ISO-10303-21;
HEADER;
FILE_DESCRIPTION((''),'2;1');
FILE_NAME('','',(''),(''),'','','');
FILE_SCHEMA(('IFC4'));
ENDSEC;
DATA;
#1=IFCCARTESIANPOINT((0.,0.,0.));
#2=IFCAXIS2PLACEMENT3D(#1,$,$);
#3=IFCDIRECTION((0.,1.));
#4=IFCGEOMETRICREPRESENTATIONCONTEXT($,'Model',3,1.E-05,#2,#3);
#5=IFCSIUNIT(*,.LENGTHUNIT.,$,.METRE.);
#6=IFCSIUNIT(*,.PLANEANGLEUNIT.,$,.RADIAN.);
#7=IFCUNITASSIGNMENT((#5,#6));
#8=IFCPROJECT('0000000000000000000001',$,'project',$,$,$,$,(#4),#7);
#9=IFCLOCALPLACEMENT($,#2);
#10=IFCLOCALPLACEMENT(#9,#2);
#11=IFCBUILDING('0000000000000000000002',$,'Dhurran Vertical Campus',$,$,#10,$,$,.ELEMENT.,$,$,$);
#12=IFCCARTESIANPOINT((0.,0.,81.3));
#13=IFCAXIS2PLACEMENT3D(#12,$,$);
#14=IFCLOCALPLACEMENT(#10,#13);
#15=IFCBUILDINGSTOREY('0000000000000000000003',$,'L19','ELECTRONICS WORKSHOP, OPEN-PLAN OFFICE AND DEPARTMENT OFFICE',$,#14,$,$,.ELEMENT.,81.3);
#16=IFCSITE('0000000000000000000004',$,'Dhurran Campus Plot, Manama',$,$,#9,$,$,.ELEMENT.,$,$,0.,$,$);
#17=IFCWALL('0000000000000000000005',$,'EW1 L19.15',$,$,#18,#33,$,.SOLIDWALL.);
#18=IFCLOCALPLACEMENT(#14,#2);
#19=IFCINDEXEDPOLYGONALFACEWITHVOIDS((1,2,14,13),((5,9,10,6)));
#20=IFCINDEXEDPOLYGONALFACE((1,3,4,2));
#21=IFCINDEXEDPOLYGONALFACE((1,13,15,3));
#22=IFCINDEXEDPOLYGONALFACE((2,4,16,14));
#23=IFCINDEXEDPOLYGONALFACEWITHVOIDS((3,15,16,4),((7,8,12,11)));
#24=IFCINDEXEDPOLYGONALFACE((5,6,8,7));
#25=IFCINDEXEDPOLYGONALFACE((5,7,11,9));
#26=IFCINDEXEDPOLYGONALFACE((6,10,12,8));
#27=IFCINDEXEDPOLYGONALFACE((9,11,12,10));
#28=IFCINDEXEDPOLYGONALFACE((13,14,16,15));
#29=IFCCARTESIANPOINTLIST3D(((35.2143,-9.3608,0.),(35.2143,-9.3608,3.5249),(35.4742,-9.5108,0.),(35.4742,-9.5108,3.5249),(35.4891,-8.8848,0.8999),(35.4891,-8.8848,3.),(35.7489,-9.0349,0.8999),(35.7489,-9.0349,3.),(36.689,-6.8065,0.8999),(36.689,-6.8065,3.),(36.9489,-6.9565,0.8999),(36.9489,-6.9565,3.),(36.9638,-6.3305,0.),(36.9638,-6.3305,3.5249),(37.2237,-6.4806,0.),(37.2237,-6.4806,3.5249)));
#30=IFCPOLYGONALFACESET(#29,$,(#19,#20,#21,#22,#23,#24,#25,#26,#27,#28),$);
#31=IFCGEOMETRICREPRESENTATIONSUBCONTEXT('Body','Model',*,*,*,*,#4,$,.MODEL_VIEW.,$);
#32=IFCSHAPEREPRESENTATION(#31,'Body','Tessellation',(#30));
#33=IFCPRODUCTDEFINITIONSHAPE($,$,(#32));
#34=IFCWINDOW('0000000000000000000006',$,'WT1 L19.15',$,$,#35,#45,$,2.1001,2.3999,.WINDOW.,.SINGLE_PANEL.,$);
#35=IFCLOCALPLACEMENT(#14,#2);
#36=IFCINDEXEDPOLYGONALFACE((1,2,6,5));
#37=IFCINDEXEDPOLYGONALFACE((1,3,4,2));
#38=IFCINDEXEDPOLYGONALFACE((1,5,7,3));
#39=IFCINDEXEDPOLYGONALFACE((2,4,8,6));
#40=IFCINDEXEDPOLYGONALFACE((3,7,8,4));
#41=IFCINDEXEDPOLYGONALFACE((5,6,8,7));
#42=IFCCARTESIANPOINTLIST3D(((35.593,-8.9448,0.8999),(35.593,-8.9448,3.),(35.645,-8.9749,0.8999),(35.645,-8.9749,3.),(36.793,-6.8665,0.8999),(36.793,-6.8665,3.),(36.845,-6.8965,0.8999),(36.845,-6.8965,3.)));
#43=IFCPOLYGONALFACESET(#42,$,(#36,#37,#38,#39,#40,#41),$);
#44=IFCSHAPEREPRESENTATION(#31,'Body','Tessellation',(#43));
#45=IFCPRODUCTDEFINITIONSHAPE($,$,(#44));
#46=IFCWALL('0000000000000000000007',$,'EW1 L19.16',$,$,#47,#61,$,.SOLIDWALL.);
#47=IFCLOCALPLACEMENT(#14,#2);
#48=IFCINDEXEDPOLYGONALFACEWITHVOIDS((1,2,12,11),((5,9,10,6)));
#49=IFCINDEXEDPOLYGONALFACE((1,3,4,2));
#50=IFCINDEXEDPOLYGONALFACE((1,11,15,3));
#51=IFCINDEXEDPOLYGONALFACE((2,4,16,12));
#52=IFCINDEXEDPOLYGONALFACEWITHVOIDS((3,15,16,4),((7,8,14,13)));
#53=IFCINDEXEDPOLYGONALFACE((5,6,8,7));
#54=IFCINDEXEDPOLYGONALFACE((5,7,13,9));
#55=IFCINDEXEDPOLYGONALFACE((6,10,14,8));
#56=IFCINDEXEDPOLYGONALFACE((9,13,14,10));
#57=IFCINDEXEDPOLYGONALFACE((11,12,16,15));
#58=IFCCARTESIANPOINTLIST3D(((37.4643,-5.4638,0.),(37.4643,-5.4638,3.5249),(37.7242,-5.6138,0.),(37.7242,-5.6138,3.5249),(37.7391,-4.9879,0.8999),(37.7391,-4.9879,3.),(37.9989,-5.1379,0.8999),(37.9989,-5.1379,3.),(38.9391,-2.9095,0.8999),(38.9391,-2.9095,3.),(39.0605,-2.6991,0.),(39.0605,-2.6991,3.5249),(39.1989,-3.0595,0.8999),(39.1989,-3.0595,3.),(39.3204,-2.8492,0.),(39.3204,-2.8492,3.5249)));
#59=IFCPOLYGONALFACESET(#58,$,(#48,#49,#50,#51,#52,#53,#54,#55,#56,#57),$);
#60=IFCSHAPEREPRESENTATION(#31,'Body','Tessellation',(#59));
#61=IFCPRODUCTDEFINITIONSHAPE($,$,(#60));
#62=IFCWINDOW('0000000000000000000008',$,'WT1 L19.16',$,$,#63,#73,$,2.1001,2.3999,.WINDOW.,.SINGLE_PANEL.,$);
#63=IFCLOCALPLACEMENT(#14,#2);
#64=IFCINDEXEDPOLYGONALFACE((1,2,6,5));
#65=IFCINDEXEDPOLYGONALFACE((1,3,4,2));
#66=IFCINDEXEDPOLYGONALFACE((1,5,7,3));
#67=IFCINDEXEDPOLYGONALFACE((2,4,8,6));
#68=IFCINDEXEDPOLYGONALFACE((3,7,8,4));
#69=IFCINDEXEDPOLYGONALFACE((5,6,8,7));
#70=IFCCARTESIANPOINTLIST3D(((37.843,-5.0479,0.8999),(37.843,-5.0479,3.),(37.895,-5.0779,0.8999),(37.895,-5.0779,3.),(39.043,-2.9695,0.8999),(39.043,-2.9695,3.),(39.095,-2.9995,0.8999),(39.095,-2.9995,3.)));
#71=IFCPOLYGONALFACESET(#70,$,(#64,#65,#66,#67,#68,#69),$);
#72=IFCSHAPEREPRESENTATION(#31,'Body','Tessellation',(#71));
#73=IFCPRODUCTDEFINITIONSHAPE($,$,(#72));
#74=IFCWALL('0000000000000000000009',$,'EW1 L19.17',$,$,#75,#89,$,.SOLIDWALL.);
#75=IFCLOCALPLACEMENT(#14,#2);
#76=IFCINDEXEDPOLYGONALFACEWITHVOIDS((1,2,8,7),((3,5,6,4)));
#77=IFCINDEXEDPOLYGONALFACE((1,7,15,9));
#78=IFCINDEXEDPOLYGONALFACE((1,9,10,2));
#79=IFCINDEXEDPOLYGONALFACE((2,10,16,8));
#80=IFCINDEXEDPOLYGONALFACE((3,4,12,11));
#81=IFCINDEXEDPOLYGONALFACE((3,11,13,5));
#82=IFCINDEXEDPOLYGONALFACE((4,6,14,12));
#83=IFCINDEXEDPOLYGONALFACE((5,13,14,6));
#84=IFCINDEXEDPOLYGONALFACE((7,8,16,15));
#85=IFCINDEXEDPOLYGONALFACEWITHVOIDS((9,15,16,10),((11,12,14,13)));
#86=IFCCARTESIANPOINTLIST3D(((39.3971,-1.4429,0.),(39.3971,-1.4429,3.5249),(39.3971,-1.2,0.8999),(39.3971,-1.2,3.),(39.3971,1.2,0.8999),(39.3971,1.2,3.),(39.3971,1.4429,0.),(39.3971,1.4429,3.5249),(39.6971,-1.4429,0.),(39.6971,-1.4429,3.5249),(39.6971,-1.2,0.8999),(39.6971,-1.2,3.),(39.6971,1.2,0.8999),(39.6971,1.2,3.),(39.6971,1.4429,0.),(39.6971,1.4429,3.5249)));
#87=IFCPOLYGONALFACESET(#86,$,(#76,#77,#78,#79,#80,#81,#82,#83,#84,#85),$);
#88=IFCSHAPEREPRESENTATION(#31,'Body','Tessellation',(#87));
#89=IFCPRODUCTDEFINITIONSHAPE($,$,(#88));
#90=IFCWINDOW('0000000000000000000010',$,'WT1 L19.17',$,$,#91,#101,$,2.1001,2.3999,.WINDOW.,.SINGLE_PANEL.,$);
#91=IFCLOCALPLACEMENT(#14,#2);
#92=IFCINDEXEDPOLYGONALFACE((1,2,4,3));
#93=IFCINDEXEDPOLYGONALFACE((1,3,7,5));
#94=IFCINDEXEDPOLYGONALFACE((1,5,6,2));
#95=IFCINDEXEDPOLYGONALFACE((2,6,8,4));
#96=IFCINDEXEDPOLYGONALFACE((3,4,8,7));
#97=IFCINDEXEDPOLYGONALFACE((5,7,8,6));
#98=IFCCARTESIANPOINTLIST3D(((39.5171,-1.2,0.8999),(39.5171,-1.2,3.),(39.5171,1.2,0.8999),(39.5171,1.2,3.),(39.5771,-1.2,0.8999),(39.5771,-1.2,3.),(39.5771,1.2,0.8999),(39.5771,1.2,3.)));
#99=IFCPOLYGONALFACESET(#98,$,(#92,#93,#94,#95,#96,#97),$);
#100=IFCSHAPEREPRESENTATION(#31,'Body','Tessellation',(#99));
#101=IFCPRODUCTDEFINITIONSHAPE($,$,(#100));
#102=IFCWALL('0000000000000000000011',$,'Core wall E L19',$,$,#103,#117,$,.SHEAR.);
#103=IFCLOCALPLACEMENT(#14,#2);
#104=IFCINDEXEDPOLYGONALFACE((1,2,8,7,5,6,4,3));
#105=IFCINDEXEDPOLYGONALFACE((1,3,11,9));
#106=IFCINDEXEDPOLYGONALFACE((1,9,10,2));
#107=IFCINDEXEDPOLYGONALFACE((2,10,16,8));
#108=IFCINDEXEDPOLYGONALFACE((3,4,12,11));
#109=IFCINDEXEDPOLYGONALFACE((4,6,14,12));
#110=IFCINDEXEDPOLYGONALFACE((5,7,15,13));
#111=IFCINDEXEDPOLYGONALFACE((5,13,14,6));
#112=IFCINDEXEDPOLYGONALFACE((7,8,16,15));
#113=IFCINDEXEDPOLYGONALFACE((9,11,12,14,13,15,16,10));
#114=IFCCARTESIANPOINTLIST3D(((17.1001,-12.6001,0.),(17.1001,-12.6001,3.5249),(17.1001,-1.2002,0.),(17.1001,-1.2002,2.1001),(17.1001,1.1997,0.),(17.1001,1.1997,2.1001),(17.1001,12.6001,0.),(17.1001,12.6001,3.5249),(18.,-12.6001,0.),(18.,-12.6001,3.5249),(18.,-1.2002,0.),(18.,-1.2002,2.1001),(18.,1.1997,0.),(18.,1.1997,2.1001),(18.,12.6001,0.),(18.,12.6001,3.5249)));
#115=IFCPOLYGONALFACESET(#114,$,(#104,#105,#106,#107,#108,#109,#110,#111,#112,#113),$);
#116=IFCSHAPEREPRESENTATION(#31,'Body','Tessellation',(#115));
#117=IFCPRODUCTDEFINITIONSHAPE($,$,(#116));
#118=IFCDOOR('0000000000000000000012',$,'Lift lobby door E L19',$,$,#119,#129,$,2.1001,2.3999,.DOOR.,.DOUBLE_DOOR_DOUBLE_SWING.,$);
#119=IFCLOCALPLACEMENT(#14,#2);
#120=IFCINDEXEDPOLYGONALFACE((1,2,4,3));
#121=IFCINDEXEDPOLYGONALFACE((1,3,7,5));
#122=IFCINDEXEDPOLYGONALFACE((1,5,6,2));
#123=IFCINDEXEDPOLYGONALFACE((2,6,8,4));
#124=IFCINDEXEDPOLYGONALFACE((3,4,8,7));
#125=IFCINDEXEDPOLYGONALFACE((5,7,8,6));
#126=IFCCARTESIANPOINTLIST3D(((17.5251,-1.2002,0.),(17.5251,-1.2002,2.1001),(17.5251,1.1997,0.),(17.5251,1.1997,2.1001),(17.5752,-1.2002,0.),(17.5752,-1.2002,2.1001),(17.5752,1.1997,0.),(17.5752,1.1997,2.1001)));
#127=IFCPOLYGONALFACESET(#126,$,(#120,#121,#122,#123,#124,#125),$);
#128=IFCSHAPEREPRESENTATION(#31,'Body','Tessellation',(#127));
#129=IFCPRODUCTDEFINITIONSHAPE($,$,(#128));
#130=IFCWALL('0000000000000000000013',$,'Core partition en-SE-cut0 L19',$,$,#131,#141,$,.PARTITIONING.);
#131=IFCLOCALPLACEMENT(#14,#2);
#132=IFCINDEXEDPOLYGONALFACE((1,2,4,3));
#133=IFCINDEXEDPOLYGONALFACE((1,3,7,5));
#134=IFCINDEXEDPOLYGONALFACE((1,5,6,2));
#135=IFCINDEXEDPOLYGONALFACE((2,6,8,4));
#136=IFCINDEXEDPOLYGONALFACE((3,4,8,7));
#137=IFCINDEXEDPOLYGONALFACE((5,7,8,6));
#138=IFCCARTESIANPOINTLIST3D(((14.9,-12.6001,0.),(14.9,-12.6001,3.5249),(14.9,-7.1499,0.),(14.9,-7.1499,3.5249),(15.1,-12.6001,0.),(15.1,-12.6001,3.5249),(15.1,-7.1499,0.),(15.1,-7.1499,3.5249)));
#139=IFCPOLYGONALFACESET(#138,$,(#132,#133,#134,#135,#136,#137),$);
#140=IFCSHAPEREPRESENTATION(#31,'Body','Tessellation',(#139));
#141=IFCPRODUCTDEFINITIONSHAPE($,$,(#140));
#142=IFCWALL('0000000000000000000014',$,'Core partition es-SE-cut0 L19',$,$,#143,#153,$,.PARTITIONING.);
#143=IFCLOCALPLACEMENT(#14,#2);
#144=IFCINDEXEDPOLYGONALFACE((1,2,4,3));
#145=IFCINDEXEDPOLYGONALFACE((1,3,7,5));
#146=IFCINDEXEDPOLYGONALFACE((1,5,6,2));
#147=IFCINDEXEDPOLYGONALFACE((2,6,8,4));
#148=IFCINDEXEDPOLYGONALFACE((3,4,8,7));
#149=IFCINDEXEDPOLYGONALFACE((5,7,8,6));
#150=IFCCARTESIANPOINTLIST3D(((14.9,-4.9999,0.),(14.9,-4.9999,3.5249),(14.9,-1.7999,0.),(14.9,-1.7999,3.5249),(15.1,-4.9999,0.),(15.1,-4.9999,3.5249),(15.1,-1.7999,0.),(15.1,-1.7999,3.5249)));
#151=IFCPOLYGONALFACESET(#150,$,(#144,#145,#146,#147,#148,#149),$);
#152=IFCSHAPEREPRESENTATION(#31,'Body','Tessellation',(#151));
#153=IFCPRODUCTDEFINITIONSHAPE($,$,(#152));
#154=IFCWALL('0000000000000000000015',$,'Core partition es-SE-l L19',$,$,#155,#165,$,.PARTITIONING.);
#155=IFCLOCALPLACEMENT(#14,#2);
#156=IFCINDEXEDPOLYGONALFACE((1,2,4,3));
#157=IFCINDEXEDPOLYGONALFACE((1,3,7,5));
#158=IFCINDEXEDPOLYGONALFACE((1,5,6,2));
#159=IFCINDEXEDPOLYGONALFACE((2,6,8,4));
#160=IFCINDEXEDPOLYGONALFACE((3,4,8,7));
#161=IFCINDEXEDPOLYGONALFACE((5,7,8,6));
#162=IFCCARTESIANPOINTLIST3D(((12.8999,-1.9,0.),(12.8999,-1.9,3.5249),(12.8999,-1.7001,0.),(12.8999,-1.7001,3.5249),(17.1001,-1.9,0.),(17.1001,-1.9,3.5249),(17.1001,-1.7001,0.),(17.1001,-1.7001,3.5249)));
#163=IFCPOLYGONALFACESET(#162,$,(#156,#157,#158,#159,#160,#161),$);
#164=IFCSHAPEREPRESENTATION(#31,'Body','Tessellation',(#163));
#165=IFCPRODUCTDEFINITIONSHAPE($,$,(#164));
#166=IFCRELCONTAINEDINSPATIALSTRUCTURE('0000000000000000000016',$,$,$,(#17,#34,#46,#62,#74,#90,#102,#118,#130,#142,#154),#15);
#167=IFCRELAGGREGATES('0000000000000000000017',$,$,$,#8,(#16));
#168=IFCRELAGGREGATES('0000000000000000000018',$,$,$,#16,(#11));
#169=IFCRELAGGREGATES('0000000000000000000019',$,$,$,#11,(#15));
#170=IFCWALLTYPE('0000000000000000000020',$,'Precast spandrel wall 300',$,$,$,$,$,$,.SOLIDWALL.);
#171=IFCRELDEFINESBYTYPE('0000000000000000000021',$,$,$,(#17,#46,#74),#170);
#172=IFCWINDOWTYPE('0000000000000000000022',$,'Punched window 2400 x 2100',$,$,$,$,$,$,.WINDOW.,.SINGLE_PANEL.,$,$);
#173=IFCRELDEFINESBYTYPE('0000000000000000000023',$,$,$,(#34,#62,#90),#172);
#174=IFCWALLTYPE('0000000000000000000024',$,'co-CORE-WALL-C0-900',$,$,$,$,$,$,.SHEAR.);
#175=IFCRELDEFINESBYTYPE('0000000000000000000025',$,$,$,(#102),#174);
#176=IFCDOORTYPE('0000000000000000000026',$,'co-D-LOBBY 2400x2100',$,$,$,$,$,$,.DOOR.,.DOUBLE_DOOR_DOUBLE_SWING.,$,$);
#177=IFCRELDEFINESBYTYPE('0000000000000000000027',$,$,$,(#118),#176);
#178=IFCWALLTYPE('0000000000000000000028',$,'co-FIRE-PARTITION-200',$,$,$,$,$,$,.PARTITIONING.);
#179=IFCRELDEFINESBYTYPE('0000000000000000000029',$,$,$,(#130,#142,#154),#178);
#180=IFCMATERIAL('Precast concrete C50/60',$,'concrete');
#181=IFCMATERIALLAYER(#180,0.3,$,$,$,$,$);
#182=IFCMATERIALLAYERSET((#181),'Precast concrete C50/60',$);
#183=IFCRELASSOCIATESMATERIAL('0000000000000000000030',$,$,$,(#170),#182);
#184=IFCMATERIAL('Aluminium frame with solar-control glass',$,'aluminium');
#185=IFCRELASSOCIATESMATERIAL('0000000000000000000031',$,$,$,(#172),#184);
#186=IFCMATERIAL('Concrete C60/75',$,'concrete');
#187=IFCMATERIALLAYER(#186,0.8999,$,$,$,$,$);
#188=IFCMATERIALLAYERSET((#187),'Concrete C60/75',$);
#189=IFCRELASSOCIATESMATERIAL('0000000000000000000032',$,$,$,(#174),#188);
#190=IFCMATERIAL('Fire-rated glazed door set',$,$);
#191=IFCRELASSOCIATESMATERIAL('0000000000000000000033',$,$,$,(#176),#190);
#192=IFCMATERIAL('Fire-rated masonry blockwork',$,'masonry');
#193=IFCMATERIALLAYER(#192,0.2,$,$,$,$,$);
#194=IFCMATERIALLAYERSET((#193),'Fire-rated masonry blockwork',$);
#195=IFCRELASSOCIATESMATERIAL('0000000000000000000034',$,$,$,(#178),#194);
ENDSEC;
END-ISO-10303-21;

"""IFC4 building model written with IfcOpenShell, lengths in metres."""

from ifc_helpers import new_model, si_unit, direction, frame, frame_2d, origin, place, context, subcontext, project, spatial, rectangle, extrude, material, layer, layer_set, type_object, element, fill, save


model = new_model("IFC4")

# Units and contexts
model_context = context("Model", 3, precision=1e-05, world=origin(), true_north=direction((0.0, 1.0)))
body_context = subcontext(model_context, "Body", "Model", "MODEL_VIEW")
ifc_project = project(units=[si_unit("LENGTHUNIT", "METRE"), si_unit("PLANEANGLEUNIT", "RADIAN")], contexts=[model_context])

# Site, building, storey
site_placement = place(None, origin())
site = spatial("IfcSite", under=ifc_project, at=site_placement, Name="Dhurran Campus Plot, Manama", CompositionType="ELEMENT", RefElevation=0.0)
building_placement = place(site_placement, origin())
building = spatial("IfcBuilding", under=site, at=building_placement, Name="Dhurran Vertical Campus", CompositionType="ELEMENT")
storey_placement = place(building_placement, frame((0.0, 0.0, 81.3)))
storey = spatial("IfcBuildingStorey", under=building, at=storey_placement, Name="L19", Description="ELECTRONICS WORKSHOP, OPEN-PLAN OFFICE AND DEPARTMENT OFFICE", CompositionType="ELEMENT", Elevation=81.3)

# Walls, openings, windows
ifc_material_1 = material(Name="Precast concrete C50/60", Category="concrete")
ifc_layer_1 = layer(ifc_material_1, 0.3)
ifc_layer_set_1 = layer_set([ifc_layer_1], Name="Precast concrete C50/60")
wall_type_1 = type_object("IfcWallType", Name="Precast spandrel wall 300", PredefinedType="SOLIDWALL", material=ifc_layer_set_1)
ifc_material_2 = material(Name="Aluminium frame with solar-control glass", Category="aluminium")
window_type = type_object("IfcWindowType", Name="Punched window 2400 x 2100", PartitioningType="SINGLE_PANEL", PredefinedType="WINDOW", material=ifc_material_2)
wall_1_placement = place(storey_placement, frame((35.3442, -9.4358, 0.0), z_axis=(0.0, 0.0, 1.0), x_axis=(0.499996, 0.866028, 0.0)))
wall_1 = element("IfcWall", 1, at=wall_1_placement, inside=storey, type_object=wall_type_1, Name="EW1 L19.15", PredefinedType="SOLIDWALL", context=body_context, shape_type="SweptSolid", body=[
    extrude(rectangle(XDim=3.499, YDim=0.3, at=frame_2d((1.7495, 0.0))), origin(), (0.0, 0.0, 1.0), 3.5249),
])
opening_1_placement = place(wall_1_placement, frame((0.5496, 0.0, 0.8999)))
opening_1 = element("IfcOpeningElement", 2, at=opening_1_placement, cuts=wall_1, PredefinedType="OPENING", context=body_context, shape_type="SweptSolid", body=[
    extrude(rectangle(XDim=2.3999, YDim=2.1001, at=frame_2d((1.2, 1.05))), frame((0.0, 0.1599, 0.0), z_axis=(0.0, -1.0, 0.0), x_axis=(1.0, 0.0, 0.0)), (0.0, 0.0, 1.0), 0.3201),
])
window_1_placement = place(opening_1_placement, origin())
window_1 = element("IfcWindow", 3, at=window_1_placement, inside=storey, type_object=window_type, Name="WT1 L19.15", OverallHeight=2.1001, OverallWidth=2.3999, PartitioningType="SINGLE_PANEL", PredefinedType="WINDOW", context=body_context, shape_type="SweptSolid", body=[
    extrude(rectangle(XDim=2.3999, YDim=2.1001, at=frame_2d((1.2, 1.05))), frame((0.0, 0.03, 0.0), z_axis=(0.0, -1.0, 0.0), x_axis=(1.0, 0.0, 0.0)), (0.0, 0.0, 1.0), 0.0601),
])
fill(opening_1, window_1)
wall_2_placement = place(storey_placement, frame((37.5942, -5.5388, 0.0), z_axis=(0.0, 0.0, 1.0), x_axis=(0.500005, 0.866023, 0.0)))
wall_2 = element("IfcWall", 4, at=wall_2_placement, inside=storey, type_object=wall_type_1, Name="EW1 L19.16", PredefinedType="SOLIDWALL", context=body_context, shape_type="SweptSolid", body=[
    extrude(rectangle(XDim=3.1924, YDim=0.3, at=frame_2d((1.5962, 0.0))), origin(), (0.0, 0.0, 1.0), 3.5249),
])
opening_2_placement = place(wall_2_placement, frame((0.5496, 0.0, 0.8999)))
opening_2 = element("IfcOpeningElement", 5, at=opening_2_placement, cuts=wall_2, PredefinedType="OPENING", context=body_context, shape_type="SweptSolid", body=[
    extrude(rectangle(XDim=2.3999, YDim=2.1001, at=frame_2d((1.2, 1.05))), frame((0.0, 0.1599, 0.0), z_axis=(0.0, -1.0, 0.0), x_axis=(1.0, 0.0, 0.0)), (0.0, 0.0, 1.0), 0.3201),
])
window_2_placement = place(opening_2_placement, origin())
window_2 = element("IfcWindow", 6, at=window_2_placement, inside=storey, type_object=window_type, Name="WT1 L19.16", OverallHeight=2.1001, OverallWidth=2.3999, PartitioningType="SINGLE_PANEL", PredefinedType="WINDOW", context=body_context, shape_type="SweptSolid", body=[
    extrude(rectangle(XDim=2.3999, YDim=2.1001, at=frame_2d((1.2, 1.05))), frame((0.0, 0.03, 0.0), z_axis=(0.0, -1.0, 0.0), x_axis=(1.0, 0.0, 0.0)), (0.0, 0.0, 1.0), 0.0601),
])
fill(opening_2, window_2)
wall_3_placement = place(storey_placement, frame((39.5471, -1.4429, 0.0), z_axis=(0.0, 0.0, 1.0), x_axis=(0.0, 1.0, 0.0)))
wall_3 = element("IfcWall", 7, at=wall_3_placement, inside=storey, type_object=wall_type_1, Name="EW1 L19.17", PredefinedType="SOLIDWALL", context=body_context, shape_type="SweptSolid", body=[
    extrude(rectangle(XDim=2.8857, YDim=0.3, at=frame_2d((1.4429, 0.0))), origin(), (0.0, 0.0, 1.0), 3.5249),
])
opening_3_placement = place(wall_3_placement, frame((0.2429, 0.0, 0.8999)))
opening_3 = element("IfcOpeningElement", 8, at=opening_3_placement, cuts=wall_3, PredefinedType="OPENING", context=body_context, shape_type="SweptSolid", body=[
    extrude(rectangle(XDim=2.3999, YDim=2.1001, at=frame_2d((1.2, 1.05))), frame((0.0, 0.1599, 0.0), z_axis=(0.0, -1.0, 0.0), x_axis=(1.0, 0.0, 0.0)), (0.0, 0.0, 1.0), 0.3201),
])
window_3_placement = place(opening_3_placement, origin())
window_3 = element("IfcWindow", 9, at=window_3_placement, inside=storey, type_object=window_type, Name="WT1 L19.17", OverallHeight=2.1001, OverallWidth=2.3999, PartitioningType="SINGLE_PANEL", PredefinedType="WINDOW", context=body_context, shape_type="SweptSolid", body=[
    extrude(rectangle(XDim=2.3999, YDim=2.1001, at=frame_2d((1.2, 1.05))), frame((0.0, 0.03, 0.0), z_axis=(0.0, -1.0, 0.0), x_axis=(1.0, 0.0, 0.0)), (0.0, 0.0, 1.0), 0.0601),
])
fill(opening_3, window_3)

# Wall, opening, door
ifc_material_3 = material(Name="Concrete C60/75", Category="concrete")
ifc_layer_2 = layer(ifc_material_3, 0.8999)
ifc_layer_set_2 = layer_set([ifc_layer_2], Name="Concrete C60/75")
wall_type_2 = type_object("IfcWallType", Name="co-CORE-WALL-C0-900", PredefinedType="SHEAR", material=ifc_layer_set_2)
wall_4_placement = place(storey_placement, frame((17.55, -12.6001, 0.0), z_axis=(0.0, 0.0, 1.0), x_axis=(0.0, 1.0, 0.0)))
wall_4 = element("IfcWall", 10, at=wall_4_placement, inside=storey, type_object=wall_type_2, Name="Core wall E L19", PredefinedType="SHEAR", context=body_context, shape_type="SweptSolid", body=[
    extrude(rectangle(XDim=25.2002, YDim=0.8999, at=frame_2d((12.6001, 0.0))), origin(), (0.0, 0.0, 1.0), 3.5249),
])
opening_4_placement = place(wall_4_placement, frame((11.3999, 0.0, 0.0)))
opening_4 = element("IfcOpeningElement", 11, at=opening_4_placement, cuts=wall_4, PredefinedType="OPENING", context=body_context, shape_type="SweptSolid", body=[
    extrude(rectangle(XDim=2.3999, YDim=2.1001, at=frame_2d((1.2, 1.05))), frame((0.0, 0.46, 0.0), z_axis=(0.0, -1.0, 0.0), x_axis=(1.0, 0.0, 0.0)), (0.0, 0.0, 1.0), 0.9199),
])
ifc_material_4 = material(Name="Fire-rated glazed door set")
door_type_1 = type_object("IfcDoorType", Name="co-D-LOBBY 2400x2100", OperationType="DOUBLE_DOOR_DOUBLE_SWING", PredefinedType="DOOR", material=ifc_material_4)
door_1_placement = place(opening_4_placement, origin())
door_1 = element("IfcDoor", 12, at=door_1_placement, inside=storey, type_object=door_type_1, Name="Lift lobby door E L19", OperationType="DOUBLE_DOOR_DOUBLE_SWING", OverallHeight=2.1001, OverallWidth=2.3999, PredefinedType="DOOR", context=body_context, shape_type="SweptSolid", body=[
    extrude(rectangle(XDim=2.3999, YDim=2.1001, at=frame_2d((1.2, 1.05))), frame((0.0, 0.0249, 0.0), z_axis=(0.0, -1.0, 0.0), x_axis=(1.0, 0.0, 0.0)), (0.0, 0.0, 1.0), 0.05),
])
fill(opening_4, door_1)

# Walls
ifc_material_5 = material(Name="Fire-rated masonry blockwork", Category="masonry")
ifc_layer_3 = layer(ifc_material_5, 0.2)
ifc_layer_set_3 = layer_set([ifc_layer_3], Name="Fire-rated masonry blockwork")
wall_type_3 = type_object("IfcWallType", Name="co-FIRE-PARTITION-200", PredefinedType="PARTITIONING", material=ifc_layer_set_3)
wall_5_placement = place(storey_placement, frame((15.0, -12.6001, 0.0), z_axis=(0.0, 0.0, 1.0), x_axis=(0.0, 1.0, 0.0)))
element("IfcWall", 13, at=wall_5_placement, inside=storey, type_object=wall_type_3, Name="Core partition en-SE-cut0 L19", PredefinedType="PARTITIONING", context=body_context, shape_type="SweptSolid", body=[
    extrude(rectangle(XDim=5.4502, YDim=0.2, at=frame_2d((2.7251, 0.0))), origin(), (0.0, 0.0, 1.0), 3.5249),
])
wall_6_placement = place(storey_placement, frame((15.0, -5.0, 0.0), z_axis=(0.0, 0.0, 1.0), x_axis=(0.0, 1.0, 0.0)))
element("IfcWall", 14, at=wall_6_placement, inside=storey, type_object=wall_type_3, Name="Core partition es-SE-cut0 L19", PredefinedType="PARTITIONING", context=body_context, shape_type="SweptSolid", body=[
    extrude(rectangle(XDim=3.2, YDim=0.2, at=frame_2d((1.6001, 0.0))), origin(), (0.0, 0.0, 1.0), 3.5249),
])
wall_7_placement = place(storey_placement, frame((12.8999, -1.8, 0.0), z_axis=(0.0, 0.0, 1.0), x_axis=(1.0, 0.0, 0.0)))
element("IfcWall", 15, at=wall_7_placement, inside=storey, type_object=wall_type_3, Name="Core partition es-SE-l L19", PredefinedType="PARTITIONING", context=body_context, shape_type="SweptSolid", body=[
    extrude(rectangle(XDim=4.2002, YDim=0.2, at=frame_2d((2.1001, 0.0))), origin(), (0.0, 0.0, 1.0), 3.5249),
])

save(model, "model.ifc")
